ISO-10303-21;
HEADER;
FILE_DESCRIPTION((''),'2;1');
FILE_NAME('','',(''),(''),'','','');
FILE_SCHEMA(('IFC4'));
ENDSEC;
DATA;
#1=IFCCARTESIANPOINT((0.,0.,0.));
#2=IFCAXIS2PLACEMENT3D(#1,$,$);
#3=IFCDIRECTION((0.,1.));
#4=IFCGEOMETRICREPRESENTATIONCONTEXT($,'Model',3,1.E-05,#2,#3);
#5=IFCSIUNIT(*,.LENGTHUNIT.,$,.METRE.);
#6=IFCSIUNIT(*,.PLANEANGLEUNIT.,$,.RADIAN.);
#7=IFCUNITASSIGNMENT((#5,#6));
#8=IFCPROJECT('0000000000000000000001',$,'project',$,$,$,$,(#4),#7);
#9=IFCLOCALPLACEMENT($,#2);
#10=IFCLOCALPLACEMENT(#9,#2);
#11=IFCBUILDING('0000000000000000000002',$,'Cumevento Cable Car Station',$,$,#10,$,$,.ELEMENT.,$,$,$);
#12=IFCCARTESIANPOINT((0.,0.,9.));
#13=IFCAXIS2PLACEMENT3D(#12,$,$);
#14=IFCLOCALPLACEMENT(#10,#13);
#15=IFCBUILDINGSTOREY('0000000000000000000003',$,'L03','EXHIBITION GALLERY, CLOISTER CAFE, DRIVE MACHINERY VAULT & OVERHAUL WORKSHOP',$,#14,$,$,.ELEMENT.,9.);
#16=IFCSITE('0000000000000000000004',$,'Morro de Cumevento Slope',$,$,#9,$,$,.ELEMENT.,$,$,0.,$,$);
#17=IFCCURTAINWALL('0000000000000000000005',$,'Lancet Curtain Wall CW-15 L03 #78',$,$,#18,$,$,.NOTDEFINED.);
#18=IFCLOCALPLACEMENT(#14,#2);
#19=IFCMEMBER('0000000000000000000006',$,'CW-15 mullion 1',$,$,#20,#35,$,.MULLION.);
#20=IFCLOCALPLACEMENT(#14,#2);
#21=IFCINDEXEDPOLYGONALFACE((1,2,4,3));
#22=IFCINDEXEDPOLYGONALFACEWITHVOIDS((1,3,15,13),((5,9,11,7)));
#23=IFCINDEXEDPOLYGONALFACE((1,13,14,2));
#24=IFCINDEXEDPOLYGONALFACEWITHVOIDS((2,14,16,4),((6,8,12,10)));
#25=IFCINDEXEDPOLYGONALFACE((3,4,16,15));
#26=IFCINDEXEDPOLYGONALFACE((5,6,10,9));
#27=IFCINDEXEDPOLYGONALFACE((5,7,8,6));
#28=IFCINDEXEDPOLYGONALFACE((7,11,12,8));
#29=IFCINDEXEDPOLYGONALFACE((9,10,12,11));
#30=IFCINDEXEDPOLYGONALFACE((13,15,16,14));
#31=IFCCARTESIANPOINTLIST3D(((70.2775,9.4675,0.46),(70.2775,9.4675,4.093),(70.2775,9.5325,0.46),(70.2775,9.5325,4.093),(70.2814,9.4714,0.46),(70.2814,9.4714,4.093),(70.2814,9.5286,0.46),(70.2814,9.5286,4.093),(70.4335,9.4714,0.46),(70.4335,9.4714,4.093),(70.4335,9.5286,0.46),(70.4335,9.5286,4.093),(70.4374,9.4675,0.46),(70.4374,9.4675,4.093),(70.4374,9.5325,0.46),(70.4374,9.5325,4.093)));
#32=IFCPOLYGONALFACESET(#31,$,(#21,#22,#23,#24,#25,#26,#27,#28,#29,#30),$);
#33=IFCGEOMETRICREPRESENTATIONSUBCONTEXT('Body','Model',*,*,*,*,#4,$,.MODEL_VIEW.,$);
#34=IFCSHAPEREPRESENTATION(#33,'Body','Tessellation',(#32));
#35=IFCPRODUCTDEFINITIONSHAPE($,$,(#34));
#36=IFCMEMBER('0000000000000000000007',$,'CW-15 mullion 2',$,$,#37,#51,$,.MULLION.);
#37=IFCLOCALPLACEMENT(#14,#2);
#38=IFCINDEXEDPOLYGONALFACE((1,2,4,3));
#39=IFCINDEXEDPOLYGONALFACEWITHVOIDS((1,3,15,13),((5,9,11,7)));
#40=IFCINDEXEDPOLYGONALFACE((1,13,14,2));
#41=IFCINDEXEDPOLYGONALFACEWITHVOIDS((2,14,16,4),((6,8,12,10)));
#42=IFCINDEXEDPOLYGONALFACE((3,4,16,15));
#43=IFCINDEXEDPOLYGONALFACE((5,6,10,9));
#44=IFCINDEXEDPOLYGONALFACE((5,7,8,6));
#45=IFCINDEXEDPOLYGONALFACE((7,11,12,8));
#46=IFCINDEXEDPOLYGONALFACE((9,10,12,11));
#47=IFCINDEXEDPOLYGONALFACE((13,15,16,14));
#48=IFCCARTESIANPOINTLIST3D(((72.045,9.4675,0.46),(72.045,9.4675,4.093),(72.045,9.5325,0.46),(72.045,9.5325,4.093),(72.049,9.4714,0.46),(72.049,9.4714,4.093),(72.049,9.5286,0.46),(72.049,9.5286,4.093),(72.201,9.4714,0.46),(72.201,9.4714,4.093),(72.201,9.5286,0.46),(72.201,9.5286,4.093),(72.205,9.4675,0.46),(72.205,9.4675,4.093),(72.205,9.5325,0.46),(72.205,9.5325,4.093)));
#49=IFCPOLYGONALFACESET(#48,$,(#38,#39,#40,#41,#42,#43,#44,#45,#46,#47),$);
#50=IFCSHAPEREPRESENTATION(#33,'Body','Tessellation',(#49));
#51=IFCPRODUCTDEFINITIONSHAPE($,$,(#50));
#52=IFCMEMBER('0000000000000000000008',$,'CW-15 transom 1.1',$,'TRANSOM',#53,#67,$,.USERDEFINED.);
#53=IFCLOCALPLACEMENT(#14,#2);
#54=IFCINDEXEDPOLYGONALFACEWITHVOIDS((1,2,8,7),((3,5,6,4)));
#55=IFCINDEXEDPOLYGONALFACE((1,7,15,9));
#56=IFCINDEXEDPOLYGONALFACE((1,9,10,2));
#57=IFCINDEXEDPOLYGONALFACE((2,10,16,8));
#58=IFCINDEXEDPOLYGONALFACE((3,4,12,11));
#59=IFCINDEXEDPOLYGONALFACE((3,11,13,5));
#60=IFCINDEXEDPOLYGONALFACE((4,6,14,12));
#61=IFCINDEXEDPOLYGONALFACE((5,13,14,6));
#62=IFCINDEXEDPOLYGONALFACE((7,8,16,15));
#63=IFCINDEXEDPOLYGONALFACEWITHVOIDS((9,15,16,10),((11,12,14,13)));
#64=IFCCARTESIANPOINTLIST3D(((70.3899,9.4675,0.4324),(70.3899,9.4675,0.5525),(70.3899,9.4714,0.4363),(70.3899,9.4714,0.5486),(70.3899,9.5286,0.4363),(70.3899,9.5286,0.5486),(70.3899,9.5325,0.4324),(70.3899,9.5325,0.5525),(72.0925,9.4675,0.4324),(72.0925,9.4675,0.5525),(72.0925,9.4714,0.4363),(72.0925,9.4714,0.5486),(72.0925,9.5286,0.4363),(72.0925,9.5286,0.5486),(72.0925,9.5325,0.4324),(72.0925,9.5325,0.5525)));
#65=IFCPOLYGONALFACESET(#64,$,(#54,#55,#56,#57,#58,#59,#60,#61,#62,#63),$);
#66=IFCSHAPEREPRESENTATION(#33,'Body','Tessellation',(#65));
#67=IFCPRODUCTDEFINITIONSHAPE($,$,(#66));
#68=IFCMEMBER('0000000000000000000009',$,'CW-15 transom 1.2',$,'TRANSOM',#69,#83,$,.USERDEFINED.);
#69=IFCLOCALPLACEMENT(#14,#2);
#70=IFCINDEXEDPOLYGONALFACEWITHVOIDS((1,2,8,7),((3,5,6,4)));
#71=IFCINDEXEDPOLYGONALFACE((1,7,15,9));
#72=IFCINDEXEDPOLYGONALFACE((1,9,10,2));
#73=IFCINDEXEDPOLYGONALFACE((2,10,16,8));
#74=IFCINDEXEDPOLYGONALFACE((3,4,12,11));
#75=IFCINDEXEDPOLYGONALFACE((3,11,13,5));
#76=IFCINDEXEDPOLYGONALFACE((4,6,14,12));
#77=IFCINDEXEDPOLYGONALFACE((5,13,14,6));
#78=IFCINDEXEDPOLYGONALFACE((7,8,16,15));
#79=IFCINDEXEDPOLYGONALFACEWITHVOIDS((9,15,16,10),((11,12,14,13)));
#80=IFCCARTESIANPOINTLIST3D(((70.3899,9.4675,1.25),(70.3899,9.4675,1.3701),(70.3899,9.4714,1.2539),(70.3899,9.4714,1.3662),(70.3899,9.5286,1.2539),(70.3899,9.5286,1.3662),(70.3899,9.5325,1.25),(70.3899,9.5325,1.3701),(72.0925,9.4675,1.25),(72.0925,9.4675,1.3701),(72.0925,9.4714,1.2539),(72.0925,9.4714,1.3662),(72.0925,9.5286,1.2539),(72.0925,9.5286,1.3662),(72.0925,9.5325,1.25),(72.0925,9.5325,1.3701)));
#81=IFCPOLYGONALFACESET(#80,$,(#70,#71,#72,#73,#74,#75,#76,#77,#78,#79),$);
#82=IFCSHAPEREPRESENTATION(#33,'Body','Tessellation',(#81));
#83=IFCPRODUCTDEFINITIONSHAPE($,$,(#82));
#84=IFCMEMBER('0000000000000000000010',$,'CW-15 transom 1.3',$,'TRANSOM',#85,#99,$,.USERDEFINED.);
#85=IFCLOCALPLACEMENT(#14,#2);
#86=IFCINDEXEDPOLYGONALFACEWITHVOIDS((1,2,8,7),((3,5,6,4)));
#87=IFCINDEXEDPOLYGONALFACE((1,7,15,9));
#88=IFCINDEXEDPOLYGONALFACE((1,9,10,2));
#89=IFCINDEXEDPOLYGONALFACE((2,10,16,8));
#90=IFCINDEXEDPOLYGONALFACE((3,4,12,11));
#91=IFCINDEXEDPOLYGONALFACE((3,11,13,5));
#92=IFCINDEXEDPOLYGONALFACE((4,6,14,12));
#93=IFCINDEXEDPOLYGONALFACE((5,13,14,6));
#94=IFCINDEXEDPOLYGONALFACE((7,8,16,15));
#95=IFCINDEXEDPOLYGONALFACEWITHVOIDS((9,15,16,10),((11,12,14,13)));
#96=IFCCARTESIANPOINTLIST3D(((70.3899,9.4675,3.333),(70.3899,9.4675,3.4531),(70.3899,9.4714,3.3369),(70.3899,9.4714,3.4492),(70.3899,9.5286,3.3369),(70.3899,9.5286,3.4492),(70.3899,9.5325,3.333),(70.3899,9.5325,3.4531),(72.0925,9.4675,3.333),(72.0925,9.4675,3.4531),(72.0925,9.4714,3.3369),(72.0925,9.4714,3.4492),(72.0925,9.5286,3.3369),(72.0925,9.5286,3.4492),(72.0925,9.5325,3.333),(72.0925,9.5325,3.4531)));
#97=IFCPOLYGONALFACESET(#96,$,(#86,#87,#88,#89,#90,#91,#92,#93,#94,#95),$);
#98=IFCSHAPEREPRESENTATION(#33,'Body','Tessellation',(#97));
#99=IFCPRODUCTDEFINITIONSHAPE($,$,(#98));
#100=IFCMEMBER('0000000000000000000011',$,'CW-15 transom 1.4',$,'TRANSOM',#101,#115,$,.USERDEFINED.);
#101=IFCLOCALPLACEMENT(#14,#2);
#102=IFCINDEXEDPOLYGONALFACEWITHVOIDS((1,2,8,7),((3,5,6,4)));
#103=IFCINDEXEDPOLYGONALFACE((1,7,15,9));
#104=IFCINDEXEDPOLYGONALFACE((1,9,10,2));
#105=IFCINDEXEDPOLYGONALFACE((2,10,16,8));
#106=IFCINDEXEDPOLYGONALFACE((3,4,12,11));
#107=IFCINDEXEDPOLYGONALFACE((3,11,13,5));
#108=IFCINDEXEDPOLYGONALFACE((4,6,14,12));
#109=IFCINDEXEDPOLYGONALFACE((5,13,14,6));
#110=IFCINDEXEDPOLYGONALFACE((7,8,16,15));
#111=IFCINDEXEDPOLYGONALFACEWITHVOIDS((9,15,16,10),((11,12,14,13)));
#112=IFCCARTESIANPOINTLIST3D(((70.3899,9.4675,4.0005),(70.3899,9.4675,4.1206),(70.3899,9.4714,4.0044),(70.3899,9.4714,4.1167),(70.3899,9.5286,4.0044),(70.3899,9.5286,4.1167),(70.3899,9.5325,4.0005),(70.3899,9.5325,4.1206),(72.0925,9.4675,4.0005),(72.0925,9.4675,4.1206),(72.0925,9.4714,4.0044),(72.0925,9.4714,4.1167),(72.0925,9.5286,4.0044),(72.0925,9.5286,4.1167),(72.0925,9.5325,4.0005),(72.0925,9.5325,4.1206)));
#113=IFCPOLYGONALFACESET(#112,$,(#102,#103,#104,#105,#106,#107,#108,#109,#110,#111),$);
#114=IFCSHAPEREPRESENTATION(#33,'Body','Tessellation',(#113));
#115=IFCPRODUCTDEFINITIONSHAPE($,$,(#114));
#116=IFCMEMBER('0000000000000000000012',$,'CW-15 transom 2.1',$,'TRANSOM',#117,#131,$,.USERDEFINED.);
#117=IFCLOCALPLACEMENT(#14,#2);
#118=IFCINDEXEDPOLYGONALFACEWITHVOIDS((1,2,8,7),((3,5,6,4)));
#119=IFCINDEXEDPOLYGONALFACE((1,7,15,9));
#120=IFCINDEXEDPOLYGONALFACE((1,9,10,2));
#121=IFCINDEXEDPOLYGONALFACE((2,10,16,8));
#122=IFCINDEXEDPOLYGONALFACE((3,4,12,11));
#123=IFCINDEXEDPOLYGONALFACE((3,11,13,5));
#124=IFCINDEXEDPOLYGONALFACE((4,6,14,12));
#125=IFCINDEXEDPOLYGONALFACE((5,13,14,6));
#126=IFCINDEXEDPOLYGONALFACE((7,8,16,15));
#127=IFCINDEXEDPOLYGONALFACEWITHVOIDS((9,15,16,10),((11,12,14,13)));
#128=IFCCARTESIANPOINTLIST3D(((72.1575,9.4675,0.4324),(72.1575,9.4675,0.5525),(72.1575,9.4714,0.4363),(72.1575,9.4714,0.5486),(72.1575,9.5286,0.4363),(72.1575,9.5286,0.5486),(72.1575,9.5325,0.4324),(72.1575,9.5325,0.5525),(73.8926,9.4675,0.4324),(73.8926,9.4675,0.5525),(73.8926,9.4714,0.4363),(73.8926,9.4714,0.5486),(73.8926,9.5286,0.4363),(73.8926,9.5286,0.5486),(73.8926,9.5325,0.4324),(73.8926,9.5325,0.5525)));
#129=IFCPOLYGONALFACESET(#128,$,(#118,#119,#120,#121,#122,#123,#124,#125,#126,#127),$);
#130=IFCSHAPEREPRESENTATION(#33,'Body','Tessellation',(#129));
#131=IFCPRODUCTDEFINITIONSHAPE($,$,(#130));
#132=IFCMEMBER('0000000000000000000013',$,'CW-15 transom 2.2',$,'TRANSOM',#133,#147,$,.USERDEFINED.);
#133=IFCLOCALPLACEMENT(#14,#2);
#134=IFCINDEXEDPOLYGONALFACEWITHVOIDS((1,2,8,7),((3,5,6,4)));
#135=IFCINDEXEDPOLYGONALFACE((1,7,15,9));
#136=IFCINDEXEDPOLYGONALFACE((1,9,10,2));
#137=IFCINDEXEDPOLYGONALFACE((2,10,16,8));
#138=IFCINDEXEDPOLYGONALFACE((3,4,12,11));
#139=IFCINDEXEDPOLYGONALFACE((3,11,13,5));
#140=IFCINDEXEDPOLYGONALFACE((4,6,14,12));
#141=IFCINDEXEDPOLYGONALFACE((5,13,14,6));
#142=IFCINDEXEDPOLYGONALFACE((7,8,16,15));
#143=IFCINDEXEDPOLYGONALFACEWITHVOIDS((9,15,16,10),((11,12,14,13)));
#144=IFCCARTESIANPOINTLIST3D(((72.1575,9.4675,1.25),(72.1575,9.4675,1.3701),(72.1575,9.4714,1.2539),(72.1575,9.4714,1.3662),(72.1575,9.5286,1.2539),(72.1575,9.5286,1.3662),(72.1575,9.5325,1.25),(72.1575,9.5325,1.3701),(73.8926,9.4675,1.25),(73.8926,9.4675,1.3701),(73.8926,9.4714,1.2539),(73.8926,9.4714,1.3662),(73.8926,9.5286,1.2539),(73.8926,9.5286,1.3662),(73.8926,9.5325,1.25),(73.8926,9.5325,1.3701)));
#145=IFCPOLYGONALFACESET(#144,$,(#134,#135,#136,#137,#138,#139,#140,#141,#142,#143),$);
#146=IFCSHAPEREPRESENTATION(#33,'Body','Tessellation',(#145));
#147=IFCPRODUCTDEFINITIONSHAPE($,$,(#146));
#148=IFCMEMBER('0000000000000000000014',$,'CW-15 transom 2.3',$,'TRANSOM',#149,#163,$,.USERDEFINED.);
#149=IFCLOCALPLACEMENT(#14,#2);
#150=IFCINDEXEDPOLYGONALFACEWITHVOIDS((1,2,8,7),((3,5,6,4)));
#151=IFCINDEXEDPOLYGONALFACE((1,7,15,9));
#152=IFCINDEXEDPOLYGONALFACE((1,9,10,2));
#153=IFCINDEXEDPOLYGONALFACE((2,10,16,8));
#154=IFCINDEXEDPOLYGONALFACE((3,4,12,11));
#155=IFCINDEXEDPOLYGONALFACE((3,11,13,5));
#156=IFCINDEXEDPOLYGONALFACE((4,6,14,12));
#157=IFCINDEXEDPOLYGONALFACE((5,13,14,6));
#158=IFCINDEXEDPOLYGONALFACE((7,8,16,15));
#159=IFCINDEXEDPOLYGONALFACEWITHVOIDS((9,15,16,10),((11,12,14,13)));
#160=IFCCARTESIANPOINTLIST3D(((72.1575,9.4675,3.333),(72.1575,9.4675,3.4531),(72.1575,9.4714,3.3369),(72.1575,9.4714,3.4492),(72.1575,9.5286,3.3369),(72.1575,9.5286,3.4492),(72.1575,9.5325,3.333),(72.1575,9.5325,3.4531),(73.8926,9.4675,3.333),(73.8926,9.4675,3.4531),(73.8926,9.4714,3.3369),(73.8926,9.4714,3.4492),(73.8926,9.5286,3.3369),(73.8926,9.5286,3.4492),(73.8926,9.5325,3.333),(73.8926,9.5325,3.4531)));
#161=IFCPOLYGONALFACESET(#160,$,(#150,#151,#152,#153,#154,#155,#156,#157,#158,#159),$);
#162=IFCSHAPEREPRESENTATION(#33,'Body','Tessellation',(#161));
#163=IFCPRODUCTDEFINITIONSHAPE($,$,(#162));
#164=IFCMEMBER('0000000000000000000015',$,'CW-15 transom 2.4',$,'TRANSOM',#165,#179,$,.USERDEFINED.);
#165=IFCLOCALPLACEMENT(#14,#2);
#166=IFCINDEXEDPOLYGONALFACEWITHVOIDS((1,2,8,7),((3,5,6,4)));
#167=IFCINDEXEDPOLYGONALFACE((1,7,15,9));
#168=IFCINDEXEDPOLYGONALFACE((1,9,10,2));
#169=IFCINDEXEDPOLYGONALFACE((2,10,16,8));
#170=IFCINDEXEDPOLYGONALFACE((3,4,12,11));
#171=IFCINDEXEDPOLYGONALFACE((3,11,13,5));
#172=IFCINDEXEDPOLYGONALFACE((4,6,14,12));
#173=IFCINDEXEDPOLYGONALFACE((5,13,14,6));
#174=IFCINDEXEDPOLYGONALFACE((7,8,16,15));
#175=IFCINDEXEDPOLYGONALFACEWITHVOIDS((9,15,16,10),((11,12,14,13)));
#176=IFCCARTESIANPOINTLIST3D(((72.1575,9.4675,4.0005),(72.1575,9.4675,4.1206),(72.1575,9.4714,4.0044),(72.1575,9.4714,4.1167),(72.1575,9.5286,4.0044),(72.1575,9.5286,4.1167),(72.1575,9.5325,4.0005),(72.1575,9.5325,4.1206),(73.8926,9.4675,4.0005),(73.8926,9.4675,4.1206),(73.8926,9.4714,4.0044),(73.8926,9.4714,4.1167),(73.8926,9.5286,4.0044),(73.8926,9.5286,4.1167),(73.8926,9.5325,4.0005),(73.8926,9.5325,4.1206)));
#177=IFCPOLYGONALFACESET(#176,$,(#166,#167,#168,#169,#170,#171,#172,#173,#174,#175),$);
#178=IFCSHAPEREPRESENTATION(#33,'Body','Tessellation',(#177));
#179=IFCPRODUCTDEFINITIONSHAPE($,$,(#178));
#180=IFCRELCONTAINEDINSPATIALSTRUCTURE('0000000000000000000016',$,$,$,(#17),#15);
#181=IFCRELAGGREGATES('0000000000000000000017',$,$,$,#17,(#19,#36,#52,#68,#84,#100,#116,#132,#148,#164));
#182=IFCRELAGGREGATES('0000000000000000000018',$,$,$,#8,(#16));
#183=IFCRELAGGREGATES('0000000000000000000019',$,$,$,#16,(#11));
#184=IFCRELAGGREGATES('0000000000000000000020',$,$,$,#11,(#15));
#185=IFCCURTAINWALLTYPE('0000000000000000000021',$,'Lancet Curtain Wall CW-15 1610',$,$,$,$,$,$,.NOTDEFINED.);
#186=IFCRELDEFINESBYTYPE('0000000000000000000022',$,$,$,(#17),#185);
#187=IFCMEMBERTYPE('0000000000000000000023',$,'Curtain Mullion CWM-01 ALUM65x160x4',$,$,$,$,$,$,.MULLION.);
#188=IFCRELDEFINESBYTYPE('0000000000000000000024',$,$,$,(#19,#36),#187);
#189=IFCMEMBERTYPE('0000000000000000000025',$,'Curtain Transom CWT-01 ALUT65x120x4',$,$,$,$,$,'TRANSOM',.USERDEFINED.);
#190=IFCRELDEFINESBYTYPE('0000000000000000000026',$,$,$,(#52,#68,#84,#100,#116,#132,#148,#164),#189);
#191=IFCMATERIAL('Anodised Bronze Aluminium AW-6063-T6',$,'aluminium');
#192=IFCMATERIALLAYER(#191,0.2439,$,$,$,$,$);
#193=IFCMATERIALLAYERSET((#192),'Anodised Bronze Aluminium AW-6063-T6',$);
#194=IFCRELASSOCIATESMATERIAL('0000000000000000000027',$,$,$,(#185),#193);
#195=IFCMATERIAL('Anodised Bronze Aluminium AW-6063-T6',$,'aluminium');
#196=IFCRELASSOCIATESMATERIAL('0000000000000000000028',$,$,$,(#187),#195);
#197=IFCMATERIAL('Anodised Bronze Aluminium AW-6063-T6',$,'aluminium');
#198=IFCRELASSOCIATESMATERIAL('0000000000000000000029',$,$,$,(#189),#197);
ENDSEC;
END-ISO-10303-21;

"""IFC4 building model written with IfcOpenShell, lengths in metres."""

from ifc_helpers import new_model, si_unit, direction, frame, origin, origin_2d, place, context, subcontext, project, spatial, hollow_rectangle, extrude, material, layer, layer_set, material_profile, profile_set, type_object, element, aggregate, save


model = new_model("IFC4")

# Units and contexts
model_context = context("Model", 3, precision=1e-05, world=origin(), true_north=direction((0.0, 1.0)))
body_context = subcontext(model_context, "Body", "Model", "MODEL_VIEW")
ifc_project = project(units=[si_unit("LENGTHUNIT", "METRE"), si_unit("PLANEANGLEUNIT", "RADIAN")], contexts=[model_context])

# Site, building, storey
site_placement = place(None, origin())
site = spatial("IfcSite", under=ifc_project, at=site_placement, Name="Morro de Cumevento Slope", CompositionType="ELEMENT", RefElevation=0.0)
building_placement = place(site_placement, origin())
building = spatial("IfcBuilding", under=site, at=building_placement, Name="Cumevento Cable Car Station", CompositionType="ELEMENT")
storey_placement = place(building_placement, frame((0.0, 0.0, 9.0)))
storey = spatial("IfcBuildingStorey", under=building, at=storey_placement, Name="L03", Description="EXHIBITION GALLERY, CLOISTER CAFE, DRIVE MACHINERY VAULT & OVERHAUL WORKSHOP", CompositionType="ELEMENT", Elevation=9.0)

# Curtain wall, members
ifc_material_1 = material(Name="Anodised Bronze Aluminium AW-6063-T6", Category="aluminium")
ifc_layer_1 = layer(ifc_material_1, 0.2439)
ifc_layer_set_1 = layer_set([ifc_layer_1], Name="Anodised Bronze Aluminium AW-6063-T6")
curtain_wall_type = type_object("IfcCurtainWallType", Name="Lancet Curtain Wall CW-15 1610", PredefinedType="NOTDEFINED", material=ifc_layer_set_1)
curtain_wall_placement = place(storey_placement, origin())
curtain_wall = element("IfcCurtainWall", 1, at=curtain_wall_placement, inside=storey, type_object=curtain_wall_type, Name="Lancet Curtain Wall CW-15 L03 #78", PredefinedType="NOTDEFINED")
ifc_material_2 = material(Name="Anodised Bronze Aluminium AW-6063-T6", Category="aluminium")
ifc_material_profile_1 = material_profile(ifc_material_2, hollow_rectangle(XDim=0.0649, YDim=0.1599, WallThickness=0.0039, at=origin_2d()), Name="ALUM65x160x4")
ifc_profile_set_1 = profile_set([ifc_material_profile_1], Name="Anodised Bronze Aluminium AW-6063-T6")
member_type_1 = type_object("IfcMemberType", Name="Curtain Mullion CWM-01 ALUM65x160x4", PredefinedType="MULLION", material=ifc_profile_set_1)
member_1_placement = place(storey_placement, frame((70.3574, 9.5, 0.46), z_axis=(0.0, 0.0, 1.0), x_axis=(0.0, 1.0, 0.0)))
member_1 = element("IfcMember", 2, at=member_1_placement, type_object=member_type_1, Name="CW-15 mullion 1", PredefinedType="MULLION", context=body_context, shape_type="SweptSolid", body=[
    extrude(hollow_rectangle(XDim=0.0649, YDim=0.1599, WallThickness=0.0039, at=origin_2d()), origin(), (0.0, 0.0, 1.0), 3.6331),
])
member_2_placement = place(storey_placement, frame((72.125, 9.5, 0.46), z_axis=(0.0, 0.0, 1.0), x_axis=(0.0, 1.0, 0.0)))
member_2 = element("IfcMember", 3, at=member_2_placement, type_object=member_type_1, Name="CW-15 mullion 2", PredefinedType="MULLION", context=body_context, shape_type="SweptSolid", body=[
    extrude(hollow_rectangle(XDim=0.0649, YDim=0.1599, WallThickness=0.0039, at=origin_2d()), origin(), (0.0, 0.0, 1.0), 3.6331),
])
ifc_material_3 = material(Name="Anodised Bronze Aluminium AW-6063-T6", Category="aluminium")
ifc_material_profile_2 = material_profile(ifc_material_3, hollow_rectangle(XDim=0.0649, YDim=0.1201, WallThickness=0.0039, at=origin_2d()), Name="ALUT65x120x4")
ifc_profile_set_2 = profile_set([ifc_material_profile_2], Name="Anodised Bronze Aluminium AW-6063-T6")
member_type_2 = type_object("IfcMemberType", Name="Curtain Transom CWT-01 ALUT65x120x4", ElementType="TRANSOM", PredefinedType="USERDEFINED", material=ifc_profile_set_2)
member_3_placement = place(storey_placement, frame((70.3899, 9.5, 0.4924), z_axis=(1.0, 0.0, 0.0), x_axis=(0.0, 1.0, 0.0)))
member_3 = element("IfcMember", 4, at=member_3_placement, type_object=member_type_2, Name="CW-15 transom 1.1", ObjectType="TRANSOM", PredefinedType="USERDEFINED", context=body_context, shape_type="SweptSolid", body=[
    extrude(hollow_rectangle(XDim=0.0649, YDim=0.1201, WallThickness=0.0039, at=origin_2d()), origin(), (0.0, 0.0, 1.0), 1.7026),
])
member_4_placement = place(storey_placement, frame((70.3899, 9.5, 1.3101), z_axis=(1.0, 0.0, 0.0), x_axis=(0.0, 1.0, 0.0)))
member_4 = element("IfcMember", 5, at=member_4_placement, type_object=member_type_2, Name="CW-15 transom 1.2", ObjectType="TRANSOM", PredefinedType="USERDEFINED", context=body_context, shape_type="SweptSolid", body=[
    extrude(hollow_rectangle(XDim=0.0649, YDim=0.1201, WallThickness=0.0039, at=origin_2d()), origin(), (0.0, 0.0, 1.0), 1.7026),
])
member_5_placement = place(storey_placement, frame((70.3899, 9.5, 3.3931), z_axis=(1.0, 0.0, 0.0), x_axis=(0.0, 1.0, 0.0)))
member_5 = element("IfcMember", 6, at=member_5_placement, type_object=member_type_2, Name="CW-15 transom 1.3", ObjectType="TRANSOM", PredefinedType="USERDEFINED", context=body_context, shape_type="SweptSolid", body=[
    extrude(hollow_rectangle(XDim=0.0649, YDim=0.1201, WallThickness=0.0039, at=origin_2d()), origin(), (0.0, 0.0, 1.0), 1.7026),
])
member_6_placement = place(storey_placement, frame((70.3899, 9.5, 4.0605), z_axis=(1.0, 0.0, 0.0), x_axis=(0.0, 1.0, 0.0)))
member_6 = element("IfcMember", 7, at=member_6_placement, type_object=member_type_2, Name="CW-15 transom 1.4", ObjectType="TRANSOM", PredefinedType="USERDEFINED", context=body_context, shape_type="SweptSolid", body=[
    extrude(hollow_rectangle(XDim=0.0649, YDim=0.1201, WallThickness=0.0039, at=origin_2d()), origin(), (0.0, 0.0, 1.0), 1.7026),
])
member_7_placement = place(storey_placement, frame((72.1575, 9.5, 0.4924), z_axis=(1.0, 0.0, 0.0), x_axis=(0.0, 1.0, 0.0)))
member_7 = element("IfcMember", 8, at=member_7_placement, type_object=member_type_2, Name="CW-15 transom 2.1", ObjectType="TRANSOM", PredefinedType="USERDEFINED", context=body_context, shape_type="SweptSolid", body=[
    extrude(hollow_rectangle(XDim=0.0649, YDim=0.1201, WallThickness=0.0039, at=origin_2d()), origin(), (0.0, 0.0, 1.0), 1.7351),
])
member_8_placement = place(storey_placement, frame((72.1575, 9.5, 1.3101), z_axis=(1.0, 0.0, 0.0), x_axis=(0.0, 1.0, 0.0)))
member_8 = element("IfcMember", 9, at=member_8_placement, type_object=member_type_2, Name="CW-15 transom 2.2", ObjectType="TRANSOM", PredefinedType="USERDEFINED", context=body_context, shape_type="SweptSolid", body=[
    extrude(hollow_rectangle(XDim=0.0649, YDim=0.1201, WallThickness=0.0039, at=origin_2d()), origin(), (0.0, 0.0, 1.0), 1.7351),
])
member_9_placement = place(storey_placement, frame((72.1575, 9.5, 3.3931), z_axis=(1.0, 0.0, 0.0), x_axis=(0.0, 1.0, 0.0)))
member_9 = element("IfcMember", 10, at=member_9_placement, type_object=member_type_2, Name="CW-15 transom 2.3", ObjectType="TRANSOM", PredefinedType="USERDEFINED", context=body_context, shape_type="SweptSolid", body=[
    extrude(hollow_rectangle(XDim=0.0649, YDim=0.1201, WallThickness=0.0039, at=origin_2d()), origin(), (0.0, 0.0, 1.0), 1.7351),
])
member_10_placement = place(storey_placement, frame((72.1575, 9.5, 4.0605), z_axis=(1.0, 0.0, 0.0), x_axis=(0.0, 1.0, 0.0)))
member_10 = element("IfcMember", 11, at=member_10_placement, type_object=member_type_2, Name="CW-15 transom 2.4", ObjectType="TRANSOM", PredefinedType="USERDEFINED", context=body_context, shape_type="SweptSolid", body=[
    extrude(hollow_rectangle(XDim=0.0649, YDim=0.1201, WallThickness=0.0039, at=origin_2d()), origin(), (0.0, 0.0, 1.0), 1.7351),
])

aggregate(curtain_wall, [member_1, member_2, member_3, member_4, member_5, member_6, member_7, member_8, member_9, member_10])

save(model, "model.ifc")
